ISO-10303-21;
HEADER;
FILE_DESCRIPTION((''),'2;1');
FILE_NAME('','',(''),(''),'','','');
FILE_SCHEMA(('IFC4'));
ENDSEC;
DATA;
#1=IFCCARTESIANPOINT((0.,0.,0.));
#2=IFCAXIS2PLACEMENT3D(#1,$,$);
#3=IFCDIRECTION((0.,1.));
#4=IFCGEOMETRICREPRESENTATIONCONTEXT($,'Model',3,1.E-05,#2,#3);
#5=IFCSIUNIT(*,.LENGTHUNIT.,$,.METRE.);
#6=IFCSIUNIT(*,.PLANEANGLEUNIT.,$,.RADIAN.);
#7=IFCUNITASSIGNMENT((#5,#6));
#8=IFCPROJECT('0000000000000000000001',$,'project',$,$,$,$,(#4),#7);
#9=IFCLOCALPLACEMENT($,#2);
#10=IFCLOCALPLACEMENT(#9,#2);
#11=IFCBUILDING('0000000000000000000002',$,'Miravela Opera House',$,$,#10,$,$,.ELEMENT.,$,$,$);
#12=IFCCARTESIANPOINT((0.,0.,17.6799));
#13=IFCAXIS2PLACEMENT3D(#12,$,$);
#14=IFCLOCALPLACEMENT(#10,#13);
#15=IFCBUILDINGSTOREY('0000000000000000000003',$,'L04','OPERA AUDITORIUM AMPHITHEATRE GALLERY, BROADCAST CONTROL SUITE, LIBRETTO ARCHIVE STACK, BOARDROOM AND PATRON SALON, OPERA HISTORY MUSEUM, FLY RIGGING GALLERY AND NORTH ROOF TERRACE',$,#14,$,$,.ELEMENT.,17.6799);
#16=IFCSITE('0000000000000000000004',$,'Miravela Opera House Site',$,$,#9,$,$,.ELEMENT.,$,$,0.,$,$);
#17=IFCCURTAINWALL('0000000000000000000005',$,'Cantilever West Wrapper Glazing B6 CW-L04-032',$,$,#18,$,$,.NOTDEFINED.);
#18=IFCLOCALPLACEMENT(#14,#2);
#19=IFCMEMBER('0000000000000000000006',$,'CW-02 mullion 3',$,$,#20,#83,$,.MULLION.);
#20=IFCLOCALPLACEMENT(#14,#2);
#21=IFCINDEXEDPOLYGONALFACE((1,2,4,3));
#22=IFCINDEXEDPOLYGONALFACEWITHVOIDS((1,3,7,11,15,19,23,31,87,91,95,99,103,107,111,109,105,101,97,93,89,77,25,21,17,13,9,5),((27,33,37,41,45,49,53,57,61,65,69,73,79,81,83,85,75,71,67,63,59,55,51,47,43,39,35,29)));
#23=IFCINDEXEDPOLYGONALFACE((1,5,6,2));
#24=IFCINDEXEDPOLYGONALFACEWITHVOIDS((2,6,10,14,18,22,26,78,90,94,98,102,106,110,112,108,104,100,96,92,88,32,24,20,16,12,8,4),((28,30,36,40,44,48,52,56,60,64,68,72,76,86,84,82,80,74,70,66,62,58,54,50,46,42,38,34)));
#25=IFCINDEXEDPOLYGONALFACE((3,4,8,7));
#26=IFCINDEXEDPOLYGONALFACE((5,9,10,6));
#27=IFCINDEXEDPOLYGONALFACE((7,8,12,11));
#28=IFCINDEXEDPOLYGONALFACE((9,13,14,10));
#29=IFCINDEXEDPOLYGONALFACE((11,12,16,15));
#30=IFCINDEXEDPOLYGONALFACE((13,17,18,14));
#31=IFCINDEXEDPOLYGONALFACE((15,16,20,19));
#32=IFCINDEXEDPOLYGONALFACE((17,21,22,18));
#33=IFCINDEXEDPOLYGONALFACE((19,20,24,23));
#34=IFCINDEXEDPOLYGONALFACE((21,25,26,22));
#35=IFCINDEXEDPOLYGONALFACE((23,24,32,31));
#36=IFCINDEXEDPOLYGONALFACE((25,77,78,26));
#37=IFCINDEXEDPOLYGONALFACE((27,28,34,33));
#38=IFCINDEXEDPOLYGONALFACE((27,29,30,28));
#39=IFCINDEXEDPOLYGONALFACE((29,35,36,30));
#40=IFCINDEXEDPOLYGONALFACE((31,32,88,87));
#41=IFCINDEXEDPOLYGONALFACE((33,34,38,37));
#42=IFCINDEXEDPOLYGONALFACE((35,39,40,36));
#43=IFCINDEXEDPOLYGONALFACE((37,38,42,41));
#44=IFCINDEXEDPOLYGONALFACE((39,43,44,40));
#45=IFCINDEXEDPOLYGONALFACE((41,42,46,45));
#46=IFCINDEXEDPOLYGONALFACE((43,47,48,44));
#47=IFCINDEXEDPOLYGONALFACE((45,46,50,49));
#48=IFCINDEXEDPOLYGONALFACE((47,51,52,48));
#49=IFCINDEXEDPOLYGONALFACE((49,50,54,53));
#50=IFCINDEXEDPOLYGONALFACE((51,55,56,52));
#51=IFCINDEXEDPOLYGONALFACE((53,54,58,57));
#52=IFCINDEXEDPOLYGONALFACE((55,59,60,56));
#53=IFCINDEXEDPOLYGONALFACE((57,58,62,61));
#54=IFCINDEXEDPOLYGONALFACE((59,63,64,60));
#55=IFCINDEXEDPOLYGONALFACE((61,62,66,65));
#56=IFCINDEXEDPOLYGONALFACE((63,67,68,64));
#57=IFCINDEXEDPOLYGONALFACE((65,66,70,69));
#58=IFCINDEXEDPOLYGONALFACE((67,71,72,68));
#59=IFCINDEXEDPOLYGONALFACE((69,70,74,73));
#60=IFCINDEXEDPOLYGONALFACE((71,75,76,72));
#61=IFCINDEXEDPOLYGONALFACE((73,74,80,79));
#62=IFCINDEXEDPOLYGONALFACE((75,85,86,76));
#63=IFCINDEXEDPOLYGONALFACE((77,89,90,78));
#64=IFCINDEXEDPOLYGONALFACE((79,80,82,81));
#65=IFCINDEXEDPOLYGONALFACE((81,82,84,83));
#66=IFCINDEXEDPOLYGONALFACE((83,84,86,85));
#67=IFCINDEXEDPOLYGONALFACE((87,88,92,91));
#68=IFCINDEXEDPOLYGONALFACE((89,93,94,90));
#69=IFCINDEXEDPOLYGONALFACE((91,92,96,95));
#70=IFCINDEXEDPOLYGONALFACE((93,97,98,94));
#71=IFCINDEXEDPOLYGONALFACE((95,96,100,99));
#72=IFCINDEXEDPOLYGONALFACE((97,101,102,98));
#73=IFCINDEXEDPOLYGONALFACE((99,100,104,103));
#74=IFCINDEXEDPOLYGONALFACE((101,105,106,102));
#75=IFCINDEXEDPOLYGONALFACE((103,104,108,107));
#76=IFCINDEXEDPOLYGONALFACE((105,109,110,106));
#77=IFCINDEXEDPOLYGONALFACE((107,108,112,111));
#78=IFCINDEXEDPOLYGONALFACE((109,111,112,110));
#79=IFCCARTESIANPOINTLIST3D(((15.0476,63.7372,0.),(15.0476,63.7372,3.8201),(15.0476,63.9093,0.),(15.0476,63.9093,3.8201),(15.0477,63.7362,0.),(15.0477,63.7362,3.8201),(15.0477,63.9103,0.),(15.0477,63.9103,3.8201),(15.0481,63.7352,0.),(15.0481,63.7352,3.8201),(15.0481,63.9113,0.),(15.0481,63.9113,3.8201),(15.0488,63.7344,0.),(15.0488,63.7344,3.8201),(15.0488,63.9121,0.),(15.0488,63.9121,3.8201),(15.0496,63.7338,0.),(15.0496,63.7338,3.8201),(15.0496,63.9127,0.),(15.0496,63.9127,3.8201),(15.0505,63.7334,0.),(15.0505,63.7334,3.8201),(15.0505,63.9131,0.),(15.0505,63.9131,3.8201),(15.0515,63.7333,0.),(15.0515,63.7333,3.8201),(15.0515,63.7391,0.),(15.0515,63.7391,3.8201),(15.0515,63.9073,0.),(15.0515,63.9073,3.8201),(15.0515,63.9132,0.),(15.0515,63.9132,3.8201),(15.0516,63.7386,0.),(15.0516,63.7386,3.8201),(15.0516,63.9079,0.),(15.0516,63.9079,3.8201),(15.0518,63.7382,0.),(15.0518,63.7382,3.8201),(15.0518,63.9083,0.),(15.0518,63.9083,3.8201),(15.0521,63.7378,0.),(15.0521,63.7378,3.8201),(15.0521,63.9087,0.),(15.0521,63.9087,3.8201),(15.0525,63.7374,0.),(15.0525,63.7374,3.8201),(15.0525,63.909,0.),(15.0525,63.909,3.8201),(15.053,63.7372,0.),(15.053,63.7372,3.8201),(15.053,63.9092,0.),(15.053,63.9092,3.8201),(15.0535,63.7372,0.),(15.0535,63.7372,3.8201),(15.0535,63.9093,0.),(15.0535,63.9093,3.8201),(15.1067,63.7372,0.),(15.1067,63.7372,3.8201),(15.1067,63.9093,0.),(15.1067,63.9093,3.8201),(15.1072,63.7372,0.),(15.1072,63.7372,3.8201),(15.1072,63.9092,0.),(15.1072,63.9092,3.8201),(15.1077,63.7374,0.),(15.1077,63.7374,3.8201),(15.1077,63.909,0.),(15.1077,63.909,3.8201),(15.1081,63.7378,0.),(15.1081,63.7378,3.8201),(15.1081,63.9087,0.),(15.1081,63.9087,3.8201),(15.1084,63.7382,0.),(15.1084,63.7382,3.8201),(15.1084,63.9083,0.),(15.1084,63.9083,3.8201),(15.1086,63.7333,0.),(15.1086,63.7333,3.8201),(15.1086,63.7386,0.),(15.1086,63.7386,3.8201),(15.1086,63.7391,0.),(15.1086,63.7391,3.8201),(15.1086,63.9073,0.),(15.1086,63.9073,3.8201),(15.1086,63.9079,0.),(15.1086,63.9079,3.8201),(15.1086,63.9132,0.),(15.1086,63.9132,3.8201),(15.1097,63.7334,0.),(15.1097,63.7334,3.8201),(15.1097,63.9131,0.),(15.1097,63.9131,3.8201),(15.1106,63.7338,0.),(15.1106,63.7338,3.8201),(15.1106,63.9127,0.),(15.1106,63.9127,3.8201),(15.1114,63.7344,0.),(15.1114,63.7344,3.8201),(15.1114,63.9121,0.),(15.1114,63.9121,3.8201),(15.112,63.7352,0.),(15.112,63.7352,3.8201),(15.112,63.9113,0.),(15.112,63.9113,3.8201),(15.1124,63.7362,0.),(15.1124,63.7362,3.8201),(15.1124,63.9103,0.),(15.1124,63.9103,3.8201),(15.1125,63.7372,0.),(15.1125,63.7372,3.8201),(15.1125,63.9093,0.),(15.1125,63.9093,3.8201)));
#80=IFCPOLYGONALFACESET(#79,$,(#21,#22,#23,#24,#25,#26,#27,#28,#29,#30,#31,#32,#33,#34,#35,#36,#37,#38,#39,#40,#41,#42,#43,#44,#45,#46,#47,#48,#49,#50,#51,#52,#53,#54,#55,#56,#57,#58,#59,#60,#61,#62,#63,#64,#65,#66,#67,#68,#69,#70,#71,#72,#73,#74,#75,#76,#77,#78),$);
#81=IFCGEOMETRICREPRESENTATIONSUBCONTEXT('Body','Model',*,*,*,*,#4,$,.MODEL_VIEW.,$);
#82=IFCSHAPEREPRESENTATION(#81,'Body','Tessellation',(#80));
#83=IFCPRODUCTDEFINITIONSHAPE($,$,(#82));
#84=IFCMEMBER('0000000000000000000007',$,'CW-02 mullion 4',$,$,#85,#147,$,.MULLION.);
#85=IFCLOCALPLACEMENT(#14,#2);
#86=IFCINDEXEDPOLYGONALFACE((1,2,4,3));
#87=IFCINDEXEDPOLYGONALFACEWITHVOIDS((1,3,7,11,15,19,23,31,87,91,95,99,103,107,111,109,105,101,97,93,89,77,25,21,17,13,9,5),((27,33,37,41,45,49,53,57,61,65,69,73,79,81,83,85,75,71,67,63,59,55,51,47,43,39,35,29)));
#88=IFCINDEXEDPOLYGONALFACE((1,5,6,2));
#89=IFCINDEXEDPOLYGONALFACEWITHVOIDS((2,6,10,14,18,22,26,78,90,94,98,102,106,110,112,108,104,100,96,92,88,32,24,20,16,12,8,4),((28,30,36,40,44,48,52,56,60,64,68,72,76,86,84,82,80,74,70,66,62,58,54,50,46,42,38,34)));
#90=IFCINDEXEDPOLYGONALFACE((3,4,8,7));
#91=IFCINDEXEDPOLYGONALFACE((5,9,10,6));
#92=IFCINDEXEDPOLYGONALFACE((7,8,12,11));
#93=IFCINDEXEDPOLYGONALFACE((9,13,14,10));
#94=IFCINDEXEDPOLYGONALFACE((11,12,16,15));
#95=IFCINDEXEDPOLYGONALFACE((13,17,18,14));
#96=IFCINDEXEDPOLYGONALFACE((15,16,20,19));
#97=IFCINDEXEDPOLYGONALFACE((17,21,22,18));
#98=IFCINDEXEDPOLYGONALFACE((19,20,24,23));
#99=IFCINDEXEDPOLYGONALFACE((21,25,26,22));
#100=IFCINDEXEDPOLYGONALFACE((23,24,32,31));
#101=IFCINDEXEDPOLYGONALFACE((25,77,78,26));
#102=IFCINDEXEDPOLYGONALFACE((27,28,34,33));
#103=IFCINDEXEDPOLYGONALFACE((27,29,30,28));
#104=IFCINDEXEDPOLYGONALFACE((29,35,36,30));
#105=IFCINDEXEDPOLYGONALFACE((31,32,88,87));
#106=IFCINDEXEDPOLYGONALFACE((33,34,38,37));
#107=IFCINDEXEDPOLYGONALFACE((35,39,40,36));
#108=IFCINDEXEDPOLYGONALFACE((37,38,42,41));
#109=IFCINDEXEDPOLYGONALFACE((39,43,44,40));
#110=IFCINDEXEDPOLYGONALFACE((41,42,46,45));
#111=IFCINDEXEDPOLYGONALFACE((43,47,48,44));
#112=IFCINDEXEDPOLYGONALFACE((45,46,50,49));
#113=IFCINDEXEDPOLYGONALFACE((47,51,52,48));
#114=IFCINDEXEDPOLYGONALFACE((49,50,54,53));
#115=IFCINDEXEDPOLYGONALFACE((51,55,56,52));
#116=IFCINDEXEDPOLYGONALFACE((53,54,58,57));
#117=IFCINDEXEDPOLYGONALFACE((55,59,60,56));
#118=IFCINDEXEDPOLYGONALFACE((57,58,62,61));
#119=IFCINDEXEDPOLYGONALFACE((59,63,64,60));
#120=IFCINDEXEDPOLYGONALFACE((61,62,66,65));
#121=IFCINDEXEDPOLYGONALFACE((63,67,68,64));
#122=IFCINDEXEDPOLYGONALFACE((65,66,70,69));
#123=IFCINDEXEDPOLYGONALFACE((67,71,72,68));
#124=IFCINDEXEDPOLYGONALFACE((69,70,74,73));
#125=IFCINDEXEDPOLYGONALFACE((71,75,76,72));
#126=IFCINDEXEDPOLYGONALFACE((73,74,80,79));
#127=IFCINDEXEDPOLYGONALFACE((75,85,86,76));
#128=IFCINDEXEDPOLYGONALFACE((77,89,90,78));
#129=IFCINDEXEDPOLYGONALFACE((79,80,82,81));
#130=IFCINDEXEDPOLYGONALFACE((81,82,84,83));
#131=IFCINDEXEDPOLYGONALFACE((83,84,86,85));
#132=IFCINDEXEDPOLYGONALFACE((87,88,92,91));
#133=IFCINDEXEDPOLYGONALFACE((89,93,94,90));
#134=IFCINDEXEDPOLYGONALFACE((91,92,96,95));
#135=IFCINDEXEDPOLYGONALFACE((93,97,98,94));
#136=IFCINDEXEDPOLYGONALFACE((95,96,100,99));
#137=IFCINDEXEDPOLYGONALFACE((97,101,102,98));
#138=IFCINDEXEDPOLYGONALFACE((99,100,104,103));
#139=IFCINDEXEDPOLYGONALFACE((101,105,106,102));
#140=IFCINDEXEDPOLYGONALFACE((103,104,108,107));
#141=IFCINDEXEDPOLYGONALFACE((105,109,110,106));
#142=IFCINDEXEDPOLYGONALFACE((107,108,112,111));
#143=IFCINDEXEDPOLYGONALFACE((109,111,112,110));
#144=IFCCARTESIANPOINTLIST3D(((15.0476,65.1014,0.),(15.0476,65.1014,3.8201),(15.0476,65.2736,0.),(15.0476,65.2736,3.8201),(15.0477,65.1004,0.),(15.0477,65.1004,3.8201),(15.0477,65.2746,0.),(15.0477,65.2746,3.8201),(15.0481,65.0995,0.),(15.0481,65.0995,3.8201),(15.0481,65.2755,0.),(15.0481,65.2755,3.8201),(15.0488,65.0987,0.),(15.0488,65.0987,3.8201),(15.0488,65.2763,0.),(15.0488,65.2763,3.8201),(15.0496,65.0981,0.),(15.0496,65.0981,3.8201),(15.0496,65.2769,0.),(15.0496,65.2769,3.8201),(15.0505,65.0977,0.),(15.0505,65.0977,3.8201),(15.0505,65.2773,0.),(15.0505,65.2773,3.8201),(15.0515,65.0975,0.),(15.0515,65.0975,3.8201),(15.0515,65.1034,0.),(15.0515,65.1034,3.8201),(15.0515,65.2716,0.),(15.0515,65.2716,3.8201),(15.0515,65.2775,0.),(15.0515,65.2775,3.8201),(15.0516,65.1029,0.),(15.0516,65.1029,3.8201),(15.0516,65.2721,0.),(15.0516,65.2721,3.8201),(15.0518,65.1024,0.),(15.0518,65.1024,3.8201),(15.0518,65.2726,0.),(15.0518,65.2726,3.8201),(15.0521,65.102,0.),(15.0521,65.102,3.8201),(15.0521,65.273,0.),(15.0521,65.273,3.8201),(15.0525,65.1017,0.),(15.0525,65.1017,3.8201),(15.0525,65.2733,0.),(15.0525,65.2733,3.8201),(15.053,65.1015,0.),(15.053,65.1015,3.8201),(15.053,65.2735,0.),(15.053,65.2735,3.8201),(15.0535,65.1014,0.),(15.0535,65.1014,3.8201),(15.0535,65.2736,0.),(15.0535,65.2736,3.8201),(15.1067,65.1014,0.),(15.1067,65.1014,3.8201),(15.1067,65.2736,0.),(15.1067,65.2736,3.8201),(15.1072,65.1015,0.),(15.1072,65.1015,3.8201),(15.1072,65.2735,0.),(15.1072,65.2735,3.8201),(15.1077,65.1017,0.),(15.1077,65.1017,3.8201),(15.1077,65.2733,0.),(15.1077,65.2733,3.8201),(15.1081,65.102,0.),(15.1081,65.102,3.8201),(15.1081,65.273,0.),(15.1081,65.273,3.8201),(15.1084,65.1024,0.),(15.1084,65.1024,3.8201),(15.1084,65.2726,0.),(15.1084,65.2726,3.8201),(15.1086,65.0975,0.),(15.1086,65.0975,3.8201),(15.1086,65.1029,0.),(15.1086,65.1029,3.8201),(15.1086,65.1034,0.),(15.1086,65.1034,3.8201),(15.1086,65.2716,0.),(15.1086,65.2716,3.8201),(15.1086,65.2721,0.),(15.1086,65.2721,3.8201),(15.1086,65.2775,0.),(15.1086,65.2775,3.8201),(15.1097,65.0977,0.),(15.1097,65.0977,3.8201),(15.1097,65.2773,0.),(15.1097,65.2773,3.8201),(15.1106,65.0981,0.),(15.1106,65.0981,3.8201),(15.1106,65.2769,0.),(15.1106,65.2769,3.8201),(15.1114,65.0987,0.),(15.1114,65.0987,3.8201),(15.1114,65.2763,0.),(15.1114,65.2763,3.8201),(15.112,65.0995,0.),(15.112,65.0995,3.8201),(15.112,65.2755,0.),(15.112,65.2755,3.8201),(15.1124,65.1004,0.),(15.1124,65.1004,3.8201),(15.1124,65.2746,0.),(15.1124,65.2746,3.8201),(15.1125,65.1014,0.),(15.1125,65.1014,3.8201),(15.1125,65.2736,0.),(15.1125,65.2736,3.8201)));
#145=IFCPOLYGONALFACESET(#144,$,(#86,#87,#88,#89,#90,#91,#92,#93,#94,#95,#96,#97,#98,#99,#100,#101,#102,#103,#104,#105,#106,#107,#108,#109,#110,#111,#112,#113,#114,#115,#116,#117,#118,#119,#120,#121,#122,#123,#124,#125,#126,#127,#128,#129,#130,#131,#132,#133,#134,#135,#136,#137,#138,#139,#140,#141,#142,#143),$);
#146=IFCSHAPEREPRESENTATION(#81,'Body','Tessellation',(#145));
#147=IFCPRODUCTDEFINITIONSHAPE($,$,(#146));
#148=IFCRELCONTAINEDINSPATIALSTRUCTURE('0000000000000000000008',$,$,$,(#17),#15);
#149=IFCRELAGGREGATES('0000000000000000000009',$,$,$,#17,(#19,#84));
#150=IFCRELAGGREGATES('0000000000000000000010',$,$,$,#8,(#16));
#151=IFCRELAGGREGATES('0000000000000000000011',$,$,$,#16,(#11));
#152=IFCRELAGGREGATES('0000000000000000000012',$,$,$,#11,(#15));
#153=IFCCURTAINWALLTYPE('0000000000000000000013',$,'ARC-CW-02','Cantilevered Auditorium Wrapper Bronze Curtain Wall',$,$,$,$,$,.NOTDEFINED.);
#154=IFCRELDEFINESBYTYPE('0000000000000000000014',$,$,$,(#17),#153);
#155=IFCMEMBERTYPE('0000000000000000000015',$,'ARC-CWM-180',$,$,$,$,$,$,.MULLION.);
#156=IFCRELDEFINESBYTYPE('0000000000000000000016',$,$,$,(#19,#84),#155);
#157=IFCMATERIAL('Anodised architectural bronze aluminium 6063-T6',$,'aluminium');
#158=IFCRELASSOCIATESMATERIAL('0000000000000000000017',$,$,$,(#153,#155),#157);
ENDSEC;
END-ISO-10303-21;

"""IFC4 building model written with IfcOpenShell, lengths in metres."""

from ifc_helpers import new_model, si_unit, direction, frame, origin, origin_2d, place, context, subcontext, project, spatial, hollow_rectangle, extrude, material, material_profile, profile_set, type_object, element, aggregate, save


model = new_model("IFC4")

# Units and contexts
model_context = context("Model", 3, precision=1e-05, world=origin(), true_north=direction((0.0, 1.0)))
body_context = subcontext(model_context, "Body", "Model", "MODEL_VIEW")
ifc_project = project(units=[si_unit("LENGTHUNIT", "METRE"), si_unit("PLANEANGLEUNIT", "RADIAN")], contexts=[model_context])

# Site, building, storey
site_placement = place(None, origin())
site = spatial("IfcSite", under=ifc_project, at=site_placement, Name="Miravela Opera House Site", CompositionType="ELEMENT", RefElevation=0.0)
building_placement = place(site_placement, origin())
building = spatial("IfcBuilding", under=site, at=building_placement, Name="Miravela Opera House", CompositionType="ELEMENT")
storey_placement = place(building_placement, frame((0.0, 0.0, 17.6799)))
storey = spatial("IfcBuildingStorey", under=building, at=storey_placement, Name="L04", Description="OPERA AUDITORIUM AMPHITHEATRE GALLERY, BROADCAST CONTROL SUITE, LIBRETTO ARCHIVE STACK, BOARDROOM AND PATRON SALON, OPERA HISTORY MUSEUM, FLY RIGGING GALLERY AND NORTH ROOF TERRACE", CompositionType="ELEMENT", Elevation=17.6799)

# Curtain wall, members
ifc_material_1 = material(Name="Anodised architectural bronze aluminium 6063-T6", Category="aluminium")
curtain_wall_type = type_object("IfcCurtainWallType", Name="ARC-CW-02", Description="Cantilevered Auditorium Wrapper Bronze Curtain Wall", PredefinedType="NOTDEFINED", material=ifc_material_1)
curtain_wall_1_placement = place(storey_placement, origin())
curtain_wall_1 = element("IfcCurtainWall", 1, at=curtain_wall_1_placement, inside=storey, type_object=curtain_wall_type, Name="Cantilever West Wrapper Glazing B6 CW-L04-032", PredefinedType="NOTDEFINED")
ifc_material_profile_1 = material_profile(ifc_material_1, hollow_rectangle(XDim=0.0649, YDim=0.1799, WallThickness=0.0039, InnerFilletRadius=0.002, OuterFilletRadius=0.0039, at=origin_2d()), Name="CWM-65X180")
ifc_profile_set_1 = profile_set([ifc_material_profile_1])
member_type_1 = type_object("IfcMemberType", Name="ARC-CWM-180", PredefinedType="MULLION", material=ifc_profile_set_1)
member_1_placement = place(storey_placement, frame((15.0801, 63.8232, 0.0), z_axis=(0.0, 0.0, 1.0), x_axis=(-1.0, 0.0, 0.0)))
member_1 = element("IfcMember", 2, at=member_1_placement, type_object=member_type_1, Name="CW-02 mullion 3", PredefinedType="MULLION", context=body_context, shape_type="SweptSolid", body=[
    extrude(hollow_rectangle(XDim=0.0649, YDim=0.1799, WallThickness=0.0039, InnerFilletRadius=0.002, OuterFilletRadius=0.0039, at=origin_2d()), origin(), (0.0, 0.0, 1.0), 3.8201),
])
member_2_placement = place(storey_placement, frame((15.0801, 65.1875, 0.0), z_axis=(0.0, 0.0, 1.0), x_axis=(-1.0, 0.0, 0.0)))
member_2 = element("IfcMember", 3, at=member_2_placement, type_object=member_type_1, Name="CW-02 mullion 4", PredefinedType="MULLION", context=body_context, shape_type="SweptSolid", body=[
    extrude(hollow_rectangle(XDim=0.0649, YDim=0.1799, WallThickness=0.0039, InnerFilletRadius=0.002, OuterFilletRadius=0.0039, at=origin_2d()), origin(), (0.0, 0.0, 1.0), 3.8201),
])

aggregate(curtain_wall_1, [member_1, member_2])

save(model, "model.ifc")
